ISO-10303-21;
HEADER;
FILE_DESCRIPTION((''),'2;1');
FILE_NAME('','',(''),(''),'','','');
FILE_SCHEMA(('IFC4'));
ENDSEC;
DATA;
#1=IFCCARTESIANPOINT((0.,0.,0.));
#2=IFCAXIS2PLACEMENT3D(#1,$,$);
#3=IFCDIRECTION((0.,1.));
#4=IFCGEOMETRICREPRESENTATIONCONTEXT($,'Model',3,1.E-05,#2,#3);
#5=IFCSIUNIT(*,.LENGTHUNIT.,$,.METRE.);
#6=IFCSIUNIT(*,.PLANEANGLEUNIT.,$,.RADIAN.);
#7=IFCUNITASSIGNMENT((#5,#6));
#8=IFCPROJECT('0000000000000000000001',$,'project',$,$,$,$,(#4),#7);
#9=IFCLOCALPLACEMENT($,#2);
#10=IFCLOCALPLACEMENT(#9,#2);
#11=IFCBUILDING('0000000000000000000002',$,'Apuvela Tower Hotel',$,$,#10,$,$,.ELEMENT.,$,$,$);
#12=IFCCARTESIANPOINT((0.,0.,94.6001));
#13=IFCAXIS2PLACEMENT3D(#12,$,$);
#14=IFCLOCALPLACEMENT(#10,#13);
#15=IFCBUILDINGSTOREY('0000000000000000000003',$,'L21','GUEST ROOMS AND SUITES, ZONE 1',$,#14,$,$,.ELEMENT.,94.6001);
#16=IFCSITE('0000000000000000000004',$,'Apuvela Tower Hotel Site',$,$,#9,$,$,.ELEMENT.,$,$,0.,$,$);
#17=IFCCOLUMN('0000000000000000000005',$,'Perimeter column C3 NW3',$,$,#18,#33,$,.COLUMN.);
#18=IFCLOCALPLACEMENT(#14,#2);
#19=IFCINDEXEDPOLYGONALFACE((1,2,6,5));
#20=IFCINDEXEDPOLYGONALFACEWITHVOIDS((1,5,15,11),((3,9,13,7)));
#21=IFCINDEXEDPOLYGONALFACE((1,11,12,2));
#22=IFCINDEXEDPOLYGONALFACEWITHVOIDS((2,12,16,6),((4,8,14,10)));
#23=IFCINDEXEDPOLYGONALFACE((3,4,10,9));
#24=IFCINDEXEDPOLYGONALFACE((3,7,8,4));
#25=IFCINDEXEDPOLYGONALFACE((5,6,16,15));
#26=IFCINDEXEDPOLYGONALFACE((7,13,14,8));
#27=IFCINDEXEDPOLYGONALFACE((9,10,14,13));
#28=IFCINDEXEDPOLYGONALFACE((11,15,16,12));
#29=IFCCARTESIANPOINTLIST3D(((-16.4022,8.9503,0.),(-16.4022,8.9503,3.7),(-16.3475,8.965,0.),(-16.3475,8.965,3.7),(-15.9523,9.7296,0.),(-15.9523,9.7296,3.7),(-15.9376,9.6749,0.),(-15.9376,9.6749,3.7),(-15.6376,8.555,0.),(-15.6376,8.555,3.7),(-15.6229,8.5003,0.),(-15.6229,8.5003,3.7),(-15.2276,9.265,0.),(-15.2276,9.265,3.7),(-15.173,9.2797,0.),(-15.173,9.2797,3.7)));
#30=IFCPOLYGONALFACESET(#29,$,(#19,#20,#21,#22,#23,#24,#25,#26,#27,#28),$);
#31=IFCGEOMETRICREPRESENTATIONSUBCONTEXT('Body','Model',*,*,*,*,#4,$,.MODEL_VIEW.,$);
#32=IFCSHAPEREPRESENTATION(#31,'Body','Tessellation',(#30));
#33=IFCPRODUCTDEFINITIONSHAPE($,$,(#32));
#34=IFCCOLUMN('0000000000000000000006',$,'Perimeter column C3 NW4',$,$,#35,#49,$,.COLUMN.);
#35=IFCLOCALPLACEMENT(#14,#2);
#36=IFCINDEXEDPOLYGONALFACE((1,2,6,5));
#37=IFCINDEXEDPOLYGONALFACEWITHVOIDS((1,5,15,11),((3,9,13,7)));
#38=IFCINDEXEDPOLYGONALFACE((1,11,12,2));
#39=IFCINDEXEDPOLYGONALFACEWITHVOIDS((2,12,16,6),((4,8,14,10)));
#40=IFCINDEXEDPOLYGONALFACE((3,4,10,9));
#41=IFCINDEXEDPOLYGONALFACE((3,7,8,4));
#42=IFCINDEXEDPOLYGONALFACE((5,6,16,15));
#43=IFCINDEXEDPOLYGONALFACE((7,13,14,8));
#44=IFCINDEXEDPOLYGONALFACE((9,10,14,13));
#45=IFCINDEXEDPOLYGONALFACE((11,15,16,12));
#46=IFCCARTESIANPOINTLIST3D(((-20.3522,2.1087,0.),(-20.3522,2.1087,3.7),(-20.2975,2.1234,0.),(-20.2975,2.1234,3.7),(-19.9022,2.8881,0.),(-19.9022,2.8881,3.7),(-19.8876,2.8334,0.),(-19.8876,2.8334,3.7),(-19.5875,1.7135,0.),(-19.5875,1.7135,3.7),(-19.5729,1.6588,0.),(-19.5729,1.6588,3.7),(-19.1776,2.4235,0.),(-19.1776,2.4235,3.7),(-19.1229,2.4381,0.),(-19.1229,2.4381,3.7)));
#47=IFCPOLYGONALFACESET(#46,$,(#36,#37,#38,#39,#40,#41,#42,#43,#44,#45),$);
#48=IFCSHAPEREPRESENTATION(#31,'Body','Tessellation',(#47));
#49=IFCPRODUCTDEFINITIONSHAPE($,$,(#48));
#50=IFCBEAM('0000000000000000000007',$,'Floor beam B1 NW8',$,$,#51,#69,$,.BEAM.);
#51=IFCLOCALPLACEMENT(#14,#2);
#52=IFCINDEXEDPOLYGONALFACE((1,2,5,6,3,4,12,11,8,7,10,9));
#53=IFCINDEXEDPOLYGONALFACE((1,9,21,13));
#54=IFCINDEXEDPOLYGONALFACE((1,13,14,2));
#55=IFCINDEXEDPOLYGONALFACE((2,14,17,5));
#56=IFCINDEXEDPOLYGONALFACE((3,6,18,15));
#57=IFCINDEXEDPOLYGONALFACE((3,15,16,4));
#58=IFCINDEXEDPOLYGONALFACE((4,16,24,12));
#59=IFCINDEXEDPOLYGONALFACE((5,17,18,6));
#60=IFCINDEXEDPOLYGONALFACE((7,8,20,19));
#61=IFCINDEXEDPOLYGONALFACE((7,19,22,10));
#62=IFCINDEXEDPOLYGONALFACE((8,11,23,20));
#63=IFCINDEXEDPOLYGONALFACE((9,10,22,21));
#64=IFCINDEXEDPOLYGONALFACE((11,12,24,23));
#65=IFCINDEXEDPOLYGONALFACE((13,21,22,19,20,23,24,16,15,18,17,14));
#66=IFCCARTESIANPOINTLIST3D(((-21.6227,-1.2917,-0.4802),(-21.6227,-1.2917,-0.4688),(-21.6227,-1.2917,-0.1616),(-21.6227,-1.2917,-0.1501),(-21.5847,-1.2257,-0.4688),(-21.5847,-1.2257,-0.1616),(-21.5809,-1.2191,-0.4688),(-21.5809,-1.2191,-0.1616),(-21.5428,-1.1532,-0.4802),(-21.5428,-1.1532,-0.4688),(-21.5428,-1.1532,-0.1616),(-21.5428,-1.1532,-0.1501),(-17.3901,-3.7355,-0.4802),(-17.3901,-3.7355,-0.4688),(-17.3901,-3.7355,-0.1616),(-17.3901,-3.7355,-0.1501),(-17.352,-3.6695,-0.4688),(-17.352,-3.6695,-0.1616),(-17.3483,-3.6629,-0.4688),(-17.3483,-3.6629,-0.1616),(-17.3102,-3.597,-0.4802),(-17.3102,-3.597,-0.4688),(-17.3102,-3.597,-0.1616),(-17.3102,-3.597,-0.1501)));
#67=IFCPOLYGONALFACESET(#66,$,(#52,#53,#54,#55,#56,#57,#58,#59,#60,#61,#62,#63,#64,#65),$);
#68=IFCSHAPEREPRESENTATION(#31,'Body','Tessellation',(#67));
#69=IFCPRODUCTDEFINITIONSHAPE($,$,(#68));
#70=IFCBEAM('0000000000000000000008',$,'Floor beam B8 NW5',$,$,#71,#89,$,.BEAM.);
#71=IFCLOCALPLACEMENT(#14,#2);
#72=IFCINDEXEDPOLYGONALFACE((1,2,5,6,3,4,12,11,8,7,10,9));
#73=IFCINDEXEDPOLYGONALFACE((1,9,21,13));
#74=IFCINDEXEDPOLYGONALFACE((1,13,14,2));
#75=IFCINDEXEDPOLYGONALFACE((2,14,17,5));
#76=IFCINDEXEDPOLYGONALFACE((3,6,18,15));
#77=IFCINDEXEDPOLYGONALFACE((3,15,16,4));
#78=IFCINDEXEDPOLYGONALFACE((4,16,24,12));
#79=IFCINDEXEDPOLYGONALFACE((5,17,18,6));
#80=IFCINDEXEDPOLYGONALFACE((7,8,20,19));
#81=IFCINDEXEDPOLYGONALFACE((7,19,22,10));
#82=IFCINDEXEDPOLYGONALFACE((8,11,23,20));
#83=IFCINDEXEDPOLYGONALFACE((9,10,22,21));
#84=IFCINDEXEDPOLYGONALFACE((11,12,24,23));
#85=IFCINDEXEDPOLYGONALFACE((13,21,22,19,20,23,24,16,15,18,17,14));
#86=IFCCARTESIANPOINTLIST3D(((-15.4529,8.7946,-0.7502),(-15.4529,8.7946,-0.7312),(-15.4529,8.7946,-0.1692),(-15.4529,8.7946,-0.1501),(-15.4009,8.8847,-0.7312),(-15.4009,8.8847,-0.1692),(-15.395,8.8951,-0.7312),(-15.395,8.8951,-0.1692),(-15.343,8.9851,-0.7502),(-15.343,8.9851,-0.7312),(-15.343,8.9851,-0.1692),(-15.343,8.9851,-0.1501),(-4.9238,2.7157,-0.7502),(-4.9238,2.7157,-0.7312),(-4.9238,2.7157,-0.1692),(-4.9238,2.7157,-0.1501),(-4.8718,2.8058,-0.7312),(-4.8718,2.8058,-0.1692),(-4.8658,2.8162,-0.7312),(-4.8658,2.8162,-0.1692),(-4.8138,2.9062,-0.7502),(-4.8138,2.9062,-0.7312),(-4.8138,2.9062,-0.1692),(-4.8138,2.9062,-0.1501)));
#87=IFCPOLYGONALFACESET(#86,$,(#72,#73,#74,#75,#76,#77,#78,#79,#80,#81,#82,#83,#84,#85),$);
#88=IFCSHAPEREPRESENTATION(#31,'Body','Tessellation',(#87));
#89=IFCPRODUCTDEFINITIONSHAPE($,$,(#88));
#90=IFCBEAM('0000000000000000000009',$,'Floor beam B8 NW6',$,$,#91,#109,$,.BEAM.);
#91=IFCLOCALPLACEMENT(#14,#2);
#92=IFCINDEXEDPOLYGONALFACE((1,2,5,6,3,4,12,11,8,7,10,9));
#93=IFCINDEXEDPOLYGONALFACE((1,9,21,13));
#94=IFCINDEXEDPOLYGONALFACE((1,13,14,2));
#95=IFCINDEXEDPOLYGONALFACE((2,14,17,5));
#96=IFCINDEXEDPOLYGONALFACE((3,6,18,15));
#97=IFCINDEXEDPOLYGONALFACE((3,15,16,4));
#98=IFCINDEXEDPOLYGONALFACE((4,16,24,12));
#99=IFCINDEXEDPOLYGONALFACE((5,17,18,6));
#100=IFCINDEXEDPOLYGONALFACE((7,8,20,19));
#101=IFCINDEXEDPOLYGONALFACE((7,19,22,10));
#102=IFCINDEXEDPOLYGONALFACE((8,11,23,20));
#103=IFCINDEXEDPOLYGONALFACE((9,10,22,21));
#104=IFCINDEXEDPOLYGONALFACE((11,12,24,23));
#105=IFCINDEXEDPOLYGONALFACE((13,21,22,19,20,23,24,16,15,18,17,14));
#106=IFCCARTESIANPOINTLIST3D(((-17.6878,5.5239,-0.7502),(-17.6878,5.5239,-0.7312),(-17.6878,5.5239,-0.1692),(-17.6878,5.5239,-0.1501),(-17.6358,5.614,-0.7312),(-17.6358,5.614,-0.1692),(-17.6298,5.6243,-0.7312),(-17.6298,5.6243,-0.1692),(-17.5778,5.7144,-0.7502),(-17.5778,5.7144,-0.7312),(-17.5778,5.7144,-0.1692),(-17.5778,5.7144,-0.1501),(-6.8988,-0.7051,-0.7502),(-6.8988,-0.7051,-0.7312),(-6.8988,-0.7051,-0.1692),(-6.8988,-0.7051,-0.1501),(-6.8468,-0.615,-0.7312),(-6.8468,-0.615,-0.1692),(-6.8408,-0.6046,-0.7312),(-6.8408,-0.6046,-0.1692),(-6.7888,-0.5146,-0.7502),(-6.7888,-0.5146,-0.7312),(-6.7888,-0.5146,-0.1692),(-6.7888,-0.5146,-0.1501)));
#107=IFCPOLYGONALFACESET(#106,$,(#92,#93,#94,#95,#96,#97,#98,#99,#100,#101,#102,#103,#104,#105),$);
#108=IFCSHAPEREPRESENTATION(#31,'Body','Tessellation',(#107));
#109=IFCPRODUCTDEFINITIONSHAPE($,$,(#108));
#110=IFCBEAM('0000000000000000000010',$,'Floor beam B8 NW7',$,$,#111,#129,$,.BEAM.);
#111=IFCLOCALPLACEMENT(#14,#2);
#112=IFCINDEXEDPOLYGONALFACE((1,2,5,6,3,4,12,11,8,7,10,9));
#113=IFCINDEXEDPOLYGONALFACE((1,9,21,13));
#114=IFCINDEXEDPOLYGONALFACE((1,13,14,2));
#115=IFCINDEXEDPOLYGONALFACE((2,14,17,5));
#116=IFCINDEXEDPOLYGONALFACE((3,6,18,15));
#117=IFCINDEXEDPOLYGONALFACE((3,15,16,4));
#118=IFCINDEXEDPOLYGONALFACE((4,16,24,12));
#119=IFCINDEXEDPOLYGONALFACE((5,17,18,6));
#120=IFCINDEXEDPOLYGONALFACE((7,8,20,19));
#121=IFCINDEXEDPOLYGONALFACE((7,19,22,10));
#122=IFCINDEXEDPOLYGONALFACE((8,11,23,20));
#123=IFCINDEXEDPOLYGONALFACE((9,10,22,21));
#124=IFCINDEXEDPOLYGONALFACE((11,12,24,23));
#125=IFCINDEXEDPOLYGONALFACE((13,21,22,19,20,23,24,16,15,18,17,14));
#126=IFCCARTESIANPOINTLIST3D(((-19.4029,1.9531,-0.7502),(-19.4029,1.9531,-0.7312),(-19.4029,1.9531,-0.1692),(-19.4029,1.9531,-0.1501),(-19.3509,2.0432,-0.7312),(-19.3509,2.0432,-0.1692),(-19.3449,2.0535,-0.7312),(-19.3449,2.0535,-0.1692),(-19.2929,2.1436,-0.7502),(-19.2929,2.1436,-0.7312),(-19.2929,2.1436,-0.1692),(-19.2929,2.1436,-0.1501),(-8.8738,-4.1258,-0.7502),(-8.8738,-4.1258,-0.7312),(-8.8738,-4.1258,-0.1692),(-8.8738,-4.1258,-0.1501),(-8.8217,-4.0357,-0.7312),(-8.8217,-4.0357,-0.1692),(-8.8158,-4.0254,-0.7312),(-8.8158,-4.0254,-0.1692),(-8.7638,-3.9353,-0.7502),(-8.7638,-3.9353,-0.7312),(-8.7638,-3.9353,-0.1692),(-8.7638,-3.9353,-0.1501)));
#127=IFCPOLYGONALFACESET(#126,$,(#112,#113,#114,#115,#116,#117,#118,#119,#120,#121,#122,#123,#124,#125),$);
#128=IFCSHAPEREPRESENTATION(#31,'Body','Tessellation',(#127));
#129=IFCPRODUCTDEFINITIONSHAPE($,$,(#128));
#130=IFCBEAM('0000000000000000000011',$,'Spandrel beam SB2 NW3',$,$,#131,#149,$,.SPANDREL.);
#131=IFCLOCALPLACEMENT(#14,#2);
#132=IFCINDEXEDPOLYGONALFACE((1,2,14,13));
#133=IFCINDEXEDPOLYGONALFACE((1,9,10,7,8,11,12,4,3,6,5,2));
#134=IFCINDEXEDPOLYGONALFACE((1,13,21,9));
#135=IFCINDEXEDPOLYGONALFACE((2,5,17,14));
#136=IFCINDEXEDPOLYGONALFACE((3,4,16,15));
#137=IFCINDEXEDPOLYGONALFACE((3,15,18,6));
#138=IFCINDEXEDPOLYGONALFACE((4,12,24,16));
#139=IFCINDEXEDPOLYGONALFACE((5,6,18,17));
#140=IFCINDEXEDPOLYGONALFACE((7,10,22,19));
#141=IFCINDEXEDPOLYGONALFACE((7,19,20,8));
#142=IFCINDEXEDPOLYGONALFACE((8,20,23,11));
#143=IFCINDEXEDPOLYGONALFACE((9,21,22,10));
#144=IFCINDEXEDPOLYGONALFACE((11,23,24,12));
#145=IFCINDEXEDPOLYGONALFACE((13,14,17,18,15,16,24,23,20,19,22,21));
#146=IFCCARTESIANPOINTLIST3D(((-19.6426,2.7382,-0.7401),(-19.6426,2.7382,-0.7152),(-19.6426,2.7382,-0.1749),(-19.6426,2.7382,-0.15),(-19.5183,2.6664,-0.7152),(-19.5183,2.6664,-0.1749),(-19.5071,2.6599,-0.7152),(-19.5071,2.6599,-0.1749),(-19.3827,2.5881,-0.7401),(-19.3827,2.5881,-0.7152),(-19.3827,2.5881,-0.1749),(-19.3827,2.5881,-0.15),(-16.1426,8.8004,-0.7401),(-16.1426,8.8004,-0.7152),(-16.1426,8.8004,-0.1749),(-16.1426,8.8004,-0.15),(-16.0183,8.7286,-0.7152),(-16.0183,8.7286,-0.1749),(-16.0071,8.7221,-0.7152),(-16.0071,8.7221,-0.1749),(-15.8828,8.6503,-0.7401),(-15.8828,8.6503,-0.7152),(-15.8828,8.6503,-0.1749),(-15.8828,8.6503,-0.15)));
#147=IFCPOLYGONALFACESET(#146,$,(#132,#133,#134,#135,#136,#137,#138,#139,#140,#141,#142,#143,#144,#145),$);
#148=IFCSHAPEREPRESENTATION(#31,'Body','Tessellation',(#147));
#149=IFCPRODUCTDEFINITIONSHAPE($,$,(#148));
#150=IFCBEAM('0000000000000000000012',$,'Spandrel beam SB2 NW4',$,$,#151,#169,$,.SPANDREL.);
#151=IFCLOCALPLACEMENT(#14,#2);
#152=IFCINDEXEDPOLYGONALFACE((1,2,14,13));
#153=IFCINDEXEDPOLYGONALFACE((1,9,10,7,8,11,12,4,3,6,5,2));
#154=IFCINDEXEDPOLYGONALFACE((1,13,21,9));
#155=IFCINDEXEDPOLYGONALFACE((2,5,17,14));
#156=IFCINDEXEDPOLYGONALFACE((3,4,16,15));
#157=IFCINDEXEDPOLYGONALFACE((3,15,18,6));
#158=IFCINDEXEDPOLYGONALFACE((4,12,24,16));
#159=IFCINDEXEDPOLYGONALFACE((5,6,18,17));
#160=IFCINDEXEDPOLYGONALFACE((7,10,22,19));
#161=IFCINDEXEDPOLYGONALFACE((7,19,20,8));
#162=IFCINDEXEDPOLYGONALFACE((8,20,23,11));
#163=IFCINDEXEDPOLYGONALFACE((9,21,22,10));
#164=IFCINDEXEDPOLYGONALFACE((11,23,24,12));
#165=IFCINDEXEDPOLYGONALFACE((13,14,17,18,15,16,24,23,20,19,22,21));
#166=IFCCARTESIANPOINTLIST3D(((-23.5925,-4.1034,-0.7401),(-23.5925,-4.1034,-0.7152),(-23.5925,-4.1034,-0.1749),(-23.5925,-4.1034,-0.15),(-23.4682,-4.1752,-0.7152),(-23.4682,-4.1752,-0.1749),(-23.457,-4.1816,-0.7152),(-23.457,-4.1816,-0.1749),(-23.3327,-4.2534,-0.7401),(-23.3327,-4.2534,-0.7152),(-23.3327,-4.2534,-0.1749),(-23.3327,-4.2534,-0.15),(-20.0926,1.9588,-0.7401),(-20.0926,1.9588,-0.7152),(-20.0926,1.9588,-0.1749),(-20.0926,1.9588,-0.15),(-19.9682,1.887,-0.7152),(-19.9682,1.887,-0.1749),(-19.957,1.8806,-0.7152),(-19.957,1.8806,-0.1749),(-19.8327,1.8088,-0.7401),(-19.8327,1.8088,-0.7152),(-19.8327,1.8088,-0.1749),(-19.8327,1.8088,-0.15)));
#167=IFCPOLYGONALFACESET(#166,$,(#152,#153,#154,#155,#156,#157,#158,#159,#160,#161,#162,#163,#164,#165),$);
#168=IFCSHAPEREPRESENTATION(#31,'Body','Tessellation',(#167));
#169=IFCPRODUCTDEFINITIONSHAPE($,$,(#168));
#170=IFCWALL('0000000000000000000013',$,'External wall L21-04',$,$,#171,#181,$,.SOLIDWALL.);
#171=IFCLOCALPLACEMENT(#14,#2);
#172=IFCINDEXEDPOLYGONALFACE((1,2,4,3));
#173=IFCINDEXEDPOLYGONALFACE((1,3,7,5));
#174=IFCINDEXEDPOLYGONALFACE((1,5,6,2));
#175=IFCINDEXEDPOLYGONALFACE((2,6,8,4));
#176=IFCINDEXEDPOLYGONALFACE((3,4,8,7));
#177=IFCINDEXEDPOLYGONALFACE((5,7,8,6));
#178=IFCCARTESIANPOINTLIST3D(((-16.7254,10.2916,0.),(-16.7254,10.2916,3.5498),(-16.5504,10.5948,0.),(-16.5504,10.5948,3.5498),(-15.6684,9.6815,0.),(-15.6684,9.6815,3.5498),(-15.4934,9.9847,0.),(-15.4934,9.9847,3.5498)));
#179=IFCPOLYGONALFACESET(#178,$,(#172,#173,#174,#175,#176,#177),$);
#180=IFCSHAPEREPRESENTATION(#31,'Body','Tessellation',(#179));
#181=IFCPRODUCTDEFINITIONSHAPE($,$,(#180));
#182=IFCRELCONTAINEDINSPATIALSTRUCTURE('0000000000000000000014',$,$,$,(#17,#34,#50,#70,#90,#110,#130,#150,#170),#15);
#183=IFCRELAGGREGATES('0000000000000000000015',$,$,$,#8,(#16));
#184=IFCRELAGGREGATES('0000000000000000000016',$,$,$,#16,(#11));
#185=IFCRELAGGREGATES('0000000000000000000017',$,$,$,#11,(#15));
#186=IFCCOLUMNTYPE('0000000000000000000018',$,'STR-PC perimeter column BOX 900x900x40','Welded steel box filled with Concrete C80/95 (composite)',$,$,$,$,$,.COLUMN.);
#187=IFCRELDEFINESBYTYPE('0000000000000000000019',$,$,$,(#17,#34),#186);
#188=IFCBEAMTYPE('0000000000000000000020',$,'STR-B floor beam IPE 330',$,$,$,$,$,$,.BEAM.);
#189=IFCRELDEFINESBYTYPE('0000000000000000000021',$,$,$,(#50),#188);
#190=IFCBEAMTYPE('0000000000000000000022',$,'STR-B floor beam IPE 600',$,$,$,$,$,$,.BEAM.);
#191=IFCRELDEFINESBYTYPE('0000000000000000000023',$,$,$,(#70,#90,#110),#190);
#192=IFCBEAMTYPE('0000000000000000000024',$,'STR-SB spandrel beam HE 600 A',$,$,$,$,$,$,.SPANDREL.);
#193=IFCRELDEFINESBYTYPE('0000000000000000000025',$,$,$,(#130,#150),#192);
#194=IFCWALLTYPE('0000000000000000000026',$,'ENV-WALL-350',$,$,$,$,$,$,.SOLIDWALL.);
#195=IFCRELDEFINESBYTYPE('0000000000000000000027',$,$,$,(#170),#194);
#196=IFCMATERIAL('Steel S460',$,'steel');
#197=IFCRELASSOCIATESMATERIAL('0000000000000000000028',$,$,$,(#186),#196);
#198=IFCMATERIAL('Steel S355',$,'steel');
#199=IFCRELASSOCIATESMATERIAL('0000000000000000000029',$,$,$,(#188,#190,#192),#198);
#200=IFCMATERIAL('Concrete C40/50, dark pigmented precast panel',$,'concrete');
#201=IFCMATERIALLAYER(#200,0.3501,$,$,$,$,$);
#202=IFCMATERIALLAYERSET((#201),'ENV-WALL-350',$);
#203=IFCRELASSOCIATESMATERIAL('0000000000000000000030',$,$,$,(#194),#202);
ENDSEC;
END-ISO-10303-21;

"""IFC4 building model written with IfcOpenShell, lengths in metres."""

from ifc_helpers import new_model, si_unit, direction, frame, frame_2d, origin, origin_2d, place, context, subcontext, project, spatial, rectangle, hollow_rectangle, i_section, extrude, material, layer, layer_set, material_profile, profile_set, type_object, element, save


model = new_model("IFC4")

# Units and contexts
model_context = context("Model", 3, precision=1e-05, world=origin(), true_north=direction((0.0, 1.0)))
body_context = subcontext(model_context, "Body", "Model", "MODEL_VIEW")
ifc_project = project(units=[si_unit("LENGTHUNIT", "METRE"), si_unit("PLANEANGLEUNIT", "RADIAN")], contexts=[model_context])

# Site, building, storey
site_placement = place(None, origin())
site = spatial("IfcSite", under=ifc_project, at=site_placement, Name="Apuvela Tower Hotel Site", CompositionType="ELEMENT", RefElevation=0.0)
building_placement = place(site_placement, origin())
building = spatial("IfcBuilding", under=site, at=building_placement, Name="Apuvela Tower Hotel", CompositionType="ELEMENT")
storey_placement = place(building_placement, frame((0.0, 0.0, 94.6001)))
storey = spatial("IfcBuildingStorey", under=building, at=storey_placement, Name="L21", Description="GUEST ROOMS AND SUITES, ZONE 1", CompositionType="ELEMENT", Elevation=94.6001)

# Columns
ifc_material_1 = material(Name="Steel S460", Category="steel")
ifc_material_profile_1 = material_profile(ifc_material_1, hollow_rectangle(XDim=0.8999, YDim=0.8999, WallThickness=0.04, at=origin_2d()), Name="BOX 900x900x40")
ifc_material_2 = material(Name="Concrete C80/95", Category="concrete")
ifc_material_profile_2 = material_profile(ifc_material_2, rectangle(XDim=0.8201, YDim=0.8201, at=origin_2d()), Name="Concrete C80/95 infill")
ifc_profile_set_1 = profile_set([ifc_material_profile_1, ifc_material_profile_2], Name="Steel S460")
column_type = type_object("IfcColumnType", Name="STR-PC perimeter column BOX 900x900x40", Description="Welded steel box filled with Concrete C80/95 (composite)", PredefinedType="COLUMN", material=ifc_profile_set_1)
for number, where, z_axis, x_axis, name in (
    (1, (-15.7876, 9.115, 0.0), (0.0, 0.0, 1.0), (0.5, 0.866025, 0.0), "Perimeter column C3 NW3"),
    (2, (-19.7375, 2.2734, 0.0), (0.0, 0.0, 1.0), (0.5, 0.866025, 0.0), "Perimeter column C3 NW4"),
):
    element("IfcColumn", number, at=place(storey_placement, frame(where, z_axis=z_axis, x_axis=x_axis)), inside=storey, type_object=column_type, Name=name, PredefinedType="COLUMN", context=body_context, shape_type="SweptSolid", body=[
        extrude(hollow_rectangle(XDim=0.8999, YDim=0.8999, WallThickness=0.04, at=origin_2d()), origin(), (0.0, 0.0, 1.0), 3.7),
    ])

# Beams
ifc_material_3 = material(Name="Steel S355", Category="steel")
ifc_material_profile_3 = material_profile(ifc_material_3, i_section(OverallWidth=0.1599, OverallDepth=0.3301, WebThickness=0.0076, FlangeThickness=0.0115, at=origin_2d()), Name="IPE 330")
ifc_profile_set_2 = profile_set([ifc_material_profile_3], Name="Steel S355")
beam_type_1 = type_object("IfcBeamType", Name="STR-B floor beam IPE 330", PredefinedType="BEAM", material=ifc_profile_set_2)
beam_1_placement = place(storey_placement, frame((-21.5828, -1.2224, -0.3152), z_axis=(0.866015, -0.500018, 0.0), x_axis=(0.500018, 0.866015, 0.0)))
element("IfcBeam", 3, at=beam_1_placement, inside=storey, type_object=beam_type_1, Name="Floor beam B1 NW8", PredefinedType="BEAM", context=body_context, shape_type="SweptSolid", body=[
    extrude(i_section(OverallWidth=0.1599, OverallDepth=0.3301, WebThickness=0.0076, FlangeThickness=0.0115, at=origin_2d()), origin(), (0.0, 0.0, 1.0), 4.8875),
])
ifc_material_profile_4 = material_profile(ifc_material_3, i_section(OverallWidth=0.22, OverallDepth=0.6001, WebThickness=0.012, FlangeThickness=0.019, at=origin_2d()), Name="IPE 600")
ifc_profile_set_3 = profile_set([ifc_material_profile_4], Name="Steel S355")
beam_type_2 = type_object("IfcBeamType", Name="STR-B floor beam IPE 600", PredefinedType="BEAM", material=ifc_profile_set_3)
beam_2_placement = place(storey_placement, frame((-15.3979, 8.8899, -0.4502), z_axis=(0.866029, -0.499994, 0.0), x_axis=(0.499994, 0.866029, 0.0)))
element("IfcBeam", 4, at=beam_2_placement, inside=storey, type_object=beam_type_2, Name="Floor beam B8 NW5", PredefinedType="BEAM", context=body_context, shape_type="SweptSolid", body=[
    extrude(i_section(OverallWidth=0.22, OverallDepth=0.6001, WebThickness=0.012, FlangeThickness=0.019, at=origin_2d()), origin(), (0.0, 0.0, 1.0), 12.158),
])
beam_3_placement = place(storey_placement, frame((-17.6328, 5.6191, -0.4502), z_axis=(0.866028, -0.499996, 0.0), x_axis=(0.499996, 0.866028, 0.0)))
element("IfcBeam", 5, at=beam_3_placement, inside=storey, type_object=beam_type_2, Name="Floor beam B8 NW6", PredefinedType="BEAM", context=body_context, shape_type="SweptSolid", body=[
    extrude(i_section(OverallWidth=0.22, OverallDepth=0.6001, WebThickness=0.012, FlangeThickness=0.019, at=origin_2d()), origin(), (0.0, 0.0, 1.0), 12.458),
])
beam_4_placement = place(storey_placement, frame((-19.3479, 2.0483, -0.4502), z_axis=(0.866029, -0.499994, 0.0), x_axis=(0.499994, 0.866029, 0.0)))
element("IfcBeam", 6, at=beam_4_placement, inside=storey, type_object=beam_type_2, Name="Floor beam B8 NW7", PredefinedType="BEAM", context=body_context, shape_type="SweptSolid", body=[
    extrude(i_section(OverallWidth=0.22, OverallDepth=0.6001, WebThickness=0.012, FlangeThickness=0.019, at=origin_2d()), origin(), (0.0, 0.0, 1.0), 12.158),
])
ifc_material_profile_5 = material_profile(ifc_material_3, i_section(OverallWidth=0.3, OverallDepth=0.5901, WebThickness=0.0129, FlangeThickness=0.0249, at=origin_2d()), Name="HE 600 A")
ifc_profile_set_4 = profile_set([ifc_material_profile_5], Name="Steel S355")
beam_type_3 = type_object("IfcBeamType", Name="STR-SB spandrel beam HE 600 A", PredefinedType="SPANDREL", material=ifc_profile_set_4)
for number, where, z_axis, x_axis, name in (
    (7, (-16.0127, 8.7253, -0.4451), (-0.499995, -0.866028, 0.0), (0.866028, -0.499995, 0.0), "Spandrel beam SB2 NW3"),
    (8, (-19.9626, 1.8838, -0.4451), (-0.499995, -0.866028, 0.0), (0.866028, -0.499995, 0.0), "Spandrel beam SB2 NW4"),
):
    element("IfcBeam", number, at=place(storey_placement, frame(where, z_axis=z_axis, x_axis=x_axis)), inside=storey, type_object=beam_type_3, Name=name, PredefinedType="SPANDREL", context=body_context, shape_type="SweptSolid", body=[
        extrude(i_section(OverallWidth=0.3, OverallDepth=0.5901, WebThickness=0.0129, FlangeThickness=0.0249, at=origin_2d()), origin(), (0.0, 0.0, 1.0), 7.0),
    ])

# Wall
ifc_material_4 = material(Name="Concrete C40/50, dark pigmented precast panel", Category="concrete")
ifc_layer_1 = layer(ifc_material_4, 0.3501)
ifc_layer_set_1 = layer_set([ifc_layer_1], Name="ENV-WALL-350")
wall_type_1 = type_object("IfcWallType", Name="ENV-WALL-350", PredefinedType="SOLIDWALL", material=ifc_layer_set_1)
wall_1_placement = place(storey_placement, frame((-15.5808, 9.833, 0.0), z_axis=(0.0, 0.0, 1.0), x_axis=(-0.866056, 0.499948, 0.0)))
element("IfcWall", 9, at=wall_1_placement, inside=storey, type_object=wall_type_1, Name="External wall L21-04", PredefinedType="SOLIDWALL", context=body_context, shape_type="SweptSolid", body=[
    extrude(rectangle(XDim=1.2205, YDim=0.3501, at=frame_2d((0.6104, 0.0))), origin(), (0.0, 0.0, 1.0), 3.5498),
])

save(model, "model.ifc")
